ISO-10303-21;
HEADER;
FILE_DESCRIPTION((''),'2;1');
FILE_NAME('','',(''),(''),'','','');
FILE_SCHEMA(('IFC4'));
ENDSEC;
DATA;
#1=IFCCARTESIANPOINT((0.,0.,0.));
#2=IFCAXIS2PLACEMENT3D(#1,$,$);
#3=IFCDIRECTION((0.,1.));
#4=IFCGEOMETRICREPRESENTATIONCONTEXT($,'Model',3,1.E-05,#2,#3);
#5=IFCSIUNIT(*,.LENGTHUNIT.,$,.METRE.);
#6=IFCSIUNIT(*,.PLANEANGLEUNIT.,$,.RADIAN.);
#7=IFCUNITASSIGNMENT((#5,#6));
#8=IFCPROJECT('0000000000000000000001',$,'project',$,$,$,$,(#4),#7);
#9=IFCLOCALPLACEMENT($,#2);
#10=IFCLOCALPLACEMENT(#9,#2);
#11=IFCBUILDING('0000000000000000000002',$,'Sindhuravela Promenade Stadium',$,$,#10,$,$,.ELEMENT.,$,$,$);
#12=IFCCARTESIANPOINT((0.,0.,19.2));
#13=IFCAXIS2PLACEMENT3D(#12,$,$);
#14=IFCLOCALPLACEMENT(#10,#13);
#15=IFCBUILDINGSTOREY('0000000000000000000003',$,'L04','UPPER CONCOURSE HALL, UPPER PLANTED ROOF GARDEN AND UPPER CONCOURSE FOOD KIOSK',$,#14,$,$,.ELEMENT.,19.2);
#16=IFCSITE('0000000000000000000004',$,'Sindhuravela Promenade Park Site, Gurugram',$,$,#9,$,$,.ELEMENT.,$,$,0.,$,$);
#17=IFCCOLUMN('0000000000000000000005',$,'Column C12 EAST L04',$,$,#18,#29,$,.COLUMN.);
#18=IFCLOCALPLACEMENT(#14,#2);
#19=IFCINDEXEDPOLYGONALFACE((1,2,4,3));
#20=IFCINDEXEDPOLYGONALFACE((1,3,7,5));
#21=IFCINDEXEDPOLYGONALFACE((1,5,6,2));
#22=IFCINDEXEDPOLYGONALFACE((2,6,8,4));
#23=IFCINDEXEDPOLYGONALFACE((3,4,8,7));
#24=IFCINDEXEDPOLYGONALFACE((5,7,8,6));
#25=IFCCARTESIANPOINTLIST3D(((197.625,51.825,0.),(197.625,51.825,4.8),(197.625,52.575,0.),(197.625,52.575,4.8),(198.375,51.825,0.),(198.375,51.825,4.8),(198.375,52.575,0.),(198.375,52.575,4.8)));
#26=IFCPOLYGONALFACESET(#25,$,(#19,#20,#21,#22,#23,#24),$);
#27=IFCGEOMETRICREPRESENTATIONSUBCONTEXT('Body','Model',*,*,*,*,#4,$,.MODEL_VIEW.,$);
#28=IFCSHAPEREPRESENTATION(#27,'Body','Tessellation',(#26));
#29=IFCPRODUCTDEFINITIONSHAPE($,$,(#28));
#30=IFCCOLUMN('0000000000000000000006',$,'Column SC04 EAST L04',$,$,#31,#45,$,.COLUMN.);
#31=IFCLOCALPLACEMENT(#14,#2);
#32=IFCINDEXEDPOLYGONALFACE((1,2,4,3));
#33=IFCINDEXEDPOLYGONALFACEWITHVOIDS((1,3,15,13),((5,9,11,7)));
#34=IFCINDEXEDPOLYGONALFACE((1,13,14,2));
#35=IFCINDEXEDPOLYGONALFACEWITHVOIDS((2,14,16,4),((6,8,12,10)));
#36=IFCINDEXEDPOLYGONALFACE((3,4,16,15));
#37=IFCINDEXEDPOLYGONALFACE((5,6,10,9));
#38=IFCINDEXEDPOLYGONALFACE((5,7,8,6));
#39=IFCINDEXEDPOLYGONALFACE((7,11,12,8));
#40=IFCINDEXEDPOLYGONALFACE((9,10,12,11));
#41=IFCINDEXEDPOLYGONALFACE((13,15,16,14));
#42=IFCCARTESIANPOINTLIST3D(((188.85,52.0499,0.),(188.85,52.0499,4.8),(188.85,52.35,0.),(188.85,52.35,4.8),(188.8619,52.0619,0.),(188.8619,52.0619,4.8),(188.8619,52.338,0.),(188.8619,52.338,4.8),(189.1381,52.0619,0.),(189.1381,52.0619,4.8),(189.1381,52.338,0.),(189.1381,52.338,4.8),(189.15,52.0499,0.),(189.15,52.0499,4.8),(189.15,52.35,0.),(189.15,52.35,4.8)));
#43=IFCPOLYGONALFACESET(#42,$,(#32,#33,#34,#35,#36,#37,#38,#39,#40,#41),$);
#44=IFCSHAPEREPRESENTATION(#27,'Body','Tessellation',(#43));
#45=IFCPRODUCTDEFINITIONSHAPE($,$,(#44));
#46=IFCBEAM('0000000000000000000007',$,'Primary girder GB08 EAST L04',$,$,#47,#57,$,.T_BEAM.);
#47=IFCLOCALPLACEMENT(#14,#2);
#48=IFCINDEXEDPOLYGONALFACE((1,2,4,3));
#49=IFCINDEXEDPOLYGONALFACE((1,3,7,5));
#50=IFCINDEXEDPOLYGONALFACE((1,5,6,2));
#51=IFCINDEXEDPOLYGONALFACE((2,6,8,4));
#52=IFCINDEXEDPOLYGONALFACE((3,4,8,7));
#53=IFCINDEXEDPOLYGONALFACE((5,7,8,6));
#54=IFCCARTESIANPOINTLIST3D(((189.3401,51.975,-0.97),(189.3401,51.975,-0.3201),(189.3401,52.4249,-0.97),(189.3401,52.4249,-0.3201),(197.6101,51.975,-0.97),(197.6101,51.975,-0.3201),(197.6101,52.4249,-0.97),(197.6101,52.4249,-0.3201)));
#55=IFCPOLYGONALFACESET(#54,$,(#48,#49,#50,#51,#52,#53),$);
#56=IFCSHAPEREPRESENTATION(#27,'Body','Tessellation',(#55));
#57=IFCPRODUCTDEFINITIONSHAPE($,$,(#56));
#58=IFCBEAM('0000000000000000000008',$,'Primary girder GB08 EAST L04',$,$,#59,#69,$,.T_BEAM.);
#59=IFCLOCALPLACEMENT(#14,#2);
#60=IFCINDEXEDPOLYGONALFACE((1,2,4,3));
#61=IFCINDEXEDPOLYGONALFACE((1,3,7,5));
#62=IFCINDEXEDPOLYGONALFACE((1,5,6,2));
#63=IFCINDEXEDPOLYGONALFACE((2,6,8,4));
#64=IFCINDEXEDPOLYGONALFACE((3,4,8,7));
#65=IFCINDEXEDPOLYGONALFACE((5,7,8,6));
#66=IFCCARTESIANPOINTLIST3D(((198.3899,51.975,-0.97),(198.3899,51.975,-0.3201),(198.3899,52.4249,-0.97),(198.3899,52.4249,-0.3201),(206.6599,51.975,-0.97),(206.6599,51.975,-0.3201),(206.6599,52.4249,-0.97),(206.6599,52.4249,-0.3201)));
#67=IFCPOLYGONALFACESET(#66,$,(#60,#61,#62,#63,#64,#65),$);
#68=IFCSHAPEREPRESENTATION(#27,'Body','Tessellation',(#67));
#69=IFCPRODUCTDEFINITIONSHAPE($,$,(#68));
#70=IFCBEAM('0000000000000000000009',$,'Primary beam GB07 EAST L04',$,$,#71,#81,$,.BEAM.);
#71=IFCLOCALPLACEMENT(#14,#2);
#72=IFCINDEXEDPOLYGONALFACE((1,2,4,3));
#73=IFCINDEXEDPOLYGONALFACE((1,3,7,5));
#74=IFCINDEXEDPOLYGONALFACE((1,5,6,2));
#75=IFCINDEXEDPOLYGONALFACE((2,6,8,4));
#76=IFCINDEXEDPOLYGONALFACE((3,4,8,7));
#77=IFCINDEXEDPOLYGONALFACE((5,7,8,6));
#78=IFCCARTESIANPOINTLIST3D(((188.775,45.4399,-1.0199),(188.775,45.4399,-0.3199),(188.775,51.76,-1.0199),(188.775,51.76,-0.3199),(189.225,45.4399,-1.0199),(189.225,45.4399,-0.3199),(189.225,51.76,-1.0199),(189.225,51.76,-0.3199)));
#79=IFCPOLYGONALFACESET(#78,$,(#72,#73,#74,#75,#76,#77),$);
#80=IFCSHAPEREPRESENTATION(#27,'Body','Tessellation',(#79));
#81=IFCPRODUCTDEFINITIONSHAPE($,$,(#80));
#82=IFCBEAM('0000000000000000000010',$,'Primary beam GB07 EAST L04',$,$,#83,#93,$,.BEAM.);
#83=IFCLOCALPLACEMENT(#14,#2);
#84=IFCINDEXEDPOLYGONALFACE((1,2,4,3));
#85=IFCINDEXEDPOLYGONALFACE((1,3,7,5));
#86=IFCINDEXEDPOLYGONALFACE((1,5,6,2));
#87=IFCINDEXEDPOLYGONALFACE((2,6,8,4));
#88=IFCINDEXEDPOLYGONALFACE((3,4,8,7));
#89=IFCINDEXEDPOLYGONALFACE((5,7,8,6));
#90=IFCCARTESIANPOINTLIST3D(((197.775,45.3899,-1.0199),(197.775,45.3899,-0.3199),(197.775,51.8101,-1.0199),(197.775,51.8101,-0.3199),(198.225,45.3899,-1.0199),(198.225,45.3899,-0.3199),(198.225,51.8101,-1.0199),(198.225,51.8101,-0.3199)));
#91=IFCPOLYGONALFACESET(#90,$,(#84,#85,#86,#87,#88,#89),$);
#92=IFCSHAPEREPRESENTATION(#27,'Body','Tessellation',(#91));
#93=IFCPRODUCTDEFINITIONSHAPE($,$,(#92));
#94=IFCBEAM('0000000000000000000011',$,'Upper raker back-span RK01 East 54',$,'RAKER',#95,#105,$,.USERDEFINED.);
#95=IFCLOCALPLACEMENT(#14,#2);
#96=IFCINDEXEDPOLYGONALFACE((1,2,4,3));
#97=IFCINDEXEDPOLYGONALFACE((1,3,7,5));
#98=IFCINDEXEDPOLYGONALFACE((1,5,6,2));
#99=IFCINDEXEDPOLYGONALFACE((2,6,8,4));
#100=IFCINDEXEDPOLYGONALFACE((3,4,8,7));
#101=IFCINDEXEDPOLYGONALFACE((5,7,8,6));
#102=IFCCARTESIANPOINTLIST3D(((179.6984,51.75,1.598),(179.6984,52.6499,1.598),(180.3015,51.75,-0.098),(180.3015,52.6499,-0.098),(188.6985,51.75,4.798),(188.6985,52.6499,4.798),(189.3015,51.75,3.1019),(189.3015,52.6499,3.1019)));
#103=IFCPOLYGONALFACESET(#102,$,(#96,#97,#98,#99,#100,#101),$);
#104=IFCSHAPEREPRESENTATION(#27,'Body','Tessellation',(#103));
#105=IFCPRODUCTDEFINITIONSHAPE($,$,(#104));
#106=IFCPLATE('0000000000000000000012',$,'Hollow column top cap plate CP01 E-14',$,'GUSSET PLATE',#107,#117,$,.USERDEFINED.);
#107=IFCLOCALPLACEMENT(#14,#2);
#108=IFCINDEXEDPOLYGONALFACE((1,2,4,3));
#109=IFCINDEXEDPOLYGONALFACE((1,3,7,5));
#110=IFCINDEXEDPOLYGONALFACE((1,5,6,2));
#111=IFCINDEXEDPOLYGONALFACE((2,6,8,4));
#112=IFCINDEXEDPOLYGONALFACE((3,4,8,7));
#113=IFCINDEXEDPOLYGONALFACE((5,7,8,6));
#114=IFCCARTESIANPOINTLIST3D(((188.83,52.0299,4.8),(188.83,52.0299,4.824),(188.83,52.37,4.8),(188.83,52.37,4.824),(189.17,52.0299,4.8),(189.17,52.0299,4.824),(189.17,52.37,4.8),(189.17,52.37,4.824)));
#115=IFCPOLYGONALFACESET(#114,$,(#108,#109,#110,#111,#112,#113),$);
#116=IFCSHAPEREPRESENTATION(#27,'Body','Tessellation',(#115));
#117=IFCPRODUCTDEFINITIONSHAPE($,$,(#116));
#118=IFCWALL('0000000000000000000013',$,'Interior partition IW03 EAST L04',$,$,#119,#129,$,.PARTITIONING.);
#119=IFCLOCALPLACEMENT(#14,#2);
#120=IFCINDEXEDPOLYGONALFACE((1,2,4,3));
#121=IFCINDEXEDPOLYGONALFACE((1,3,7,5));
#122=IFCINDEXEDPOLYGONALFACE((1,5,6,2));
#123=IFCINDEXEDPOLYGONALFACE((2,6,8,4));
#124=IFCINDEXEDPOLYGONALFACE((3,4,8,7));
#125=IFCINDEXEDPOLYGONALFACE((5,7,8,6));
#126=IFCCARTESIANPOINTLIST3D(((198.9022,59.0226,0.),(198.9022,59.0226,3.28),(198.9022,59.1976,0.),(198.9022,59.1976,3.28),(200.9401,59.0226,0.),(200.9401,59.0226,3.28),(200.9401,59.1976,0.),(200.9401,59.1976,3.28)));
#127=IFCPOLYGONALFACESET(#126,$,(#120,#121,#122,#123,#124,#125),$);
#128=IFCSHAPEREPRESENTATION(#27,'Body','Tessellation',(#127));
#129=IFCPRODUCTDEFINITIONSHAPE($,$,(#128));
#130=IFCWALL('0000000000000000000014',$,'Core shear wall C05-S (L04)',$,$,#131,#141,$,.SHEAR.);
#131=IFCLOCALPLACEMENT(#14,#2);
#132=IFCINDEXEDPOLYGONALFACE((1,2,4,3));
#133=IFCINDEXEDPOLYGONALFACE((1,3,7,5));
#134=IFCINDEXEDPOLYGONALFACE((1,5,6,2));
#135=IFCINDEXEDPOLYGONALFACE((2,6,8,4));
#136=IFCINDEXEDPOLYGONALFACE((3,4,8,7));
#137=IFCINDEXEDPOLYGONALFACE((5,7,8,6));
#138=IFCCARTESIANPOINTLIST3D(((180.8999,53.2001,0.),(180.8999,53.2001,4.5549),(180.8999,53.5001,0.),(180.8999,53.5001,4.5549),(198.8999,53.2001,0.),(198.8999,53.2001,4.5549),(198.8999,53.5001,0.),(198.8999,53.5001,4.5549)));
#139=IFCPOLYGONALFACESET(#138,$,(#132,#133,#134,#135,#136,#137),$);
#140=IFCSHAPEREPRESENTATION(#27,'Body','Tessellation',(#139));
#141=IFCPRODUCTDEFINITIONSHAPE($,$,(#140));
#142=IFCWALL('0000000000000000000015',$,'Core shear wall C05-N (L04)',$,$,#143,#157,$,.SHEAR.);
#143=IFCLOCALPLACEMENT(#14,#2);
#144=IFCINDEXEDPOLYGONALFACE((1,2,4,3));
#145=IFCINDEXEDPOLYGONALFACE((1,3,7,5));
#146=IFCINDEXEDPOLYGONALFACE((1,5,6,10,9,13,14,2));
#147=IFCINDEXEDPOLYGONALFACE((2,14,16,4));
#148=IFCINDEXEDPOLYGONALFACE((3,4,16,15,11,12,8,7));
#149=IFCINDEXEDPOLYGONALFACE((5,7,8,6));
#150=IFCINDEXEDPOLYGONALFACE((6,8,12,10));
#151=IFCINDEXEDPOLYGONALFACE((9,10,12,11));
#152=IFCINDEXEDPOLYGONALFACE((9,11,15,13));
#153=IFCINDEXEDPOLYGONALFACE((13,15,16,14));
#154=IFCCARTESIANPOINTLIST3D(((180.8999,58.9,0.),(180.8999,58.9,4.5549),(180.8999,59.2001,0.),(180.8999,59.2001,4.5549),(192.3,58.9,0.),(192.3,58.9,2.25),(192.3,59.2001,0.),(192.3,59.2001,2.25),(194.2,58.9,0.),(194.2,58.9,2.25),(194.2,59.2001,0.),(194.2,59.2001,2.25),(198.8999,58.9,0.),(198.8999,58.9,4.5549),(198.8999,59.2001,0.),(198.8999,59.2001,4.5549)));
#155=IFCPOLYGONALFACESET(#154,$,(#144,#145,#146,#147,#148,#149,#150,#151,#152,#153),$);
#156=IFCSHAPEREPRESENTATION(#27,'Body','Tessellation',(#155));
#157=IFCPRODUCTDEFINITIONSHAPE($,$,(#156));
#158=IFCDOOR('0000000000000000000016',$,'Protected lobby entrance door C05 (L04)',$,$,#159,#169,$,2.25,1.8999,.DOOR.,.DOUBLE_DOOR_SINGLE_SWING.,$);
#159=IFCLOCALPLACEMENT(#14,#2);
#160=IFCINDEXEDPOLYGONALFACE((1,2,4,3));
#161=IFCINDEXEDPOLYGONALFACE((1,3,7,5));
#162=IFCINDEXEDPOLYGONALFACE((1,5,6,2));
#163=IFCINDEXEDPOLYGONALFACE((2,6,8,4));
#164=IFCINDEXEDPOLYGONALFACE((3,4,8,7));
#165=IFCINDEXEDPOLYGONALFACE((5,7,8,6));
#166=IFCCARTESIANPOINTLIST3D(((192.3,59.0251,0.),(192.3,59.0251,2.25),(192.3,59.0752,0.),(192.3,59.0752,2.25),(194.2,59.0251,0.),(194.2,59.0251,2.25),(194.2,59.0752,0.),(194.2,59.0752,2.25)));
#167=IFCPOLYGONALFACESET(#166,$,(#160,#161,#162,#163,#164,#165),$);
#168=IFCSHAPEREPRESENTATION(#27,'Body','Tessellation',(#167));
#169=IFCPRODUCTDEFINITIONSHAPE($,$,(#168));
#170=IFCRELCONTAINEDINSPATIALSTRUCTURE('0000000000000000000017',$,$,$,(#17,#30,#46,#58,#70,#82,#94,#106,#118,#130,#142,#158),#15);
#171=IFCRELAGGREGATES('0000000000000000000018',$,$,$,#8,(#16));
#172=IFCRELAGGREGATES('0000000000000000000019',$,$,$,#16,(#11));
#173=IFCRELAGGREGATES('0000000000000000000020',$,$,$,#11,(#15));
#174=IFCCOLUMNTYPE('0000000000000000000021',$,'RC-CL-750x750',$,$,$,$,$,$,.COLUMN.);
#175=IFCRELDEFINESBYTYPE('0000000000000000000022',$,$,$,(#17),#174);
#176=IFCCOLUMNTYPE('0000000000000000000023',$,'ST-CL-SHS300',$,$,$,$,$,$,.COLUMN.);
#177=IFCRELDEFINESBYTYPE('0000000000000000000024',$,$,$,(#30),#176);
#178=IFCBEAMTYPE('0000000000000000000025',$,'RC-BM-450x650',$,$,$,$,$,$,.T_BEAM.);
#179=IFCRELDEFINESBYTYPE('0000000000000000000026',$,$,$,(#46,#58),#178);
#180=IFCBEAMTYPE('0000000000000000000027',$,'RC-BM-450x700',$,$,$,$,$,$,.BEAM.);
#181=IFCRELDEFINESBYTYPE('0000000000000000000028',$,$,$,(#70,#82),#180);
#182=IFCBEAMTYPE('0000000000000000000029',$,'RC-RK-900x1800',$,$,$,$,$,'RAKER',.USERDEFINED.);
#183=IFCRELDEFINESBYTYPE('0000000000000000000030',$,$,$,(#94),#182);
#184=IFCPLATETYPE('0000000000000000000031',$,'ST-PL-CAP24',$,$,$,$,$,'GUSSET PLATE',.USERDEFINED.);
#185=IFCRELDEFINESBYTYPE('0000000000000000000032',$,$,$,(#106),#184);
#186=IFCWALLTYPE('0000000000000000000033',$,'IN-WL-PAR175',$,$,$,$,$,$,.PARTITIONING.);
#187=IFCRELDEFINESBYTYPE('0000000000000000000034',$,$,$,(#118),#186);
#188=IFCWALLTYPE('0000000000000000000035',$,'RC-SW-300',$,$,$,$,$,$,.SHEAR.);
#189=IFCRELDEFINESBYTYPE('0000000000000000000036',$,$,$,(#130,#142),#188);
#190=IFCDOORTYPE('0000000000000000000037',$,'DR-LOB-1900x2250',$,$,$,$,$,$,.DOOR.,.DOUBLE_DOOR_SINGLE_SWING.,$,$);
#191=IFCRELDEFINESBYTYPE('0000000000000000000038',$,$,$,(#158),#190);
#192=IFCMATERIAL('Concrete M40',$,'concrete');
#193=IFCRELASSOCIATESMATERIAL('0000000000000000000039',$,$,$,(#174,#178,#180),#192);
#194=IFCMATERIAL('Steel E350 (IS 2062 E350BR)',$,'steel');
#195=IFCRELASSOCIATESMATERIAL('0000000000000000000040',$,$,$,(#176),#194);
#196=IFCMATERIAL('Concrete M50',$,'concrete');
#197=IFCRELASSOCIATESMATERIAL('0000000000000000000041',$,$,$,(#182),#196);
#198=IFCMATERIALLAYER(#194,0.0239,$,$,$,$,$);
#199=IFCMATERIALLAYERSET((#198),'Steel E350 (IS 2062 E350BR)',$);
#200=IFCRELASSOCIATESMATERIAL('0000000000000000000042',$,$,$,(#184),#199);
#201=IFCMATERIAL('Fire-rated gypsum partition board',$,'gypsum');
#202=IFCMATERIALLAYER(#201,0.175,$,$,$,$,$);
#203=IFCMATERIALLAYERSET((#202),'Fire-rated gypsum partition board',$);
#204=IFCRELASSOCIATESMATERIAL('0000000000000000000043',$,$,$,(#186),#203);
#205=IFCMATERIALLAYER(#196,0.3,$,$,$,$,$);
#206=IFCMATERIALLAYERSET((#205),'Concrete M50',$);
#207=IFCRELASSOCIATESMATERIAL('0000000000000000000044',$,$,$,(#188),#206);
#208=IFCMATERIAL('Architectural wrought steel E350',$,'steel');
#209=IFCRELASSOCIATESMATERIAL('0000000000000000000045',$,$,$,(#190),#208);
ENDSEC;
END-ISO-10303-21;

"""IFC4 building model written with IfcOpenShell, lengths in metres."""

from ifc_helpers import new_model, si_unit, direction, frame, frame_2d, origin, origin_2d, place, context, subcontext, project, spatial, rectangle, hollow_rectangle, extrude, material, layer, layer_set, material_profile, profile_set, type_object, element, fill, save


model = new_model("IFC4")

# Units and contexts
model_context = context("Model", 3, precision=1e-05, world=origin(), true_north=direction((0.0, 1.0)))
body_context = subcontext(model_context, "Body", "Model", "MODEL_VIEW")
ifc_project = project(units=[si_unit("LENGTHUNIT", "METRE"), si_unit("PLANEANGLEUNIT", "RADIAN")], contexts=[model_context])

# Site, building, storey
site_placement = place(None, origin())
site = spatial("IfcSite", under=ifc_project, at=site_placement, Name="Sindhuravela Promenade Park Site, Gurugram", CompositionType="ELEMENT", RefElevation=0.0)
building_placement = place(site_placement, origin())
building = spatial("IfcBuilding", under=site, at=building_placement, Name="Sindhuravela Promenade Stadium", CompositionType="ELEMENT")
storey_placement = place(building_placement, frame((0.0, 0.0, 19.2)))
storey = spatial("IfcBuildingStorey", under=building, at=storey_placement, Name="L04", Description="UPPER CONCOURSE HALL, UPPER PLANTED ROOF GARDEN AND UPPER CONCOURSE FOOD KIOSK", CompositionType="ELEMENT", Elevation=19.2)

# Columns
ifc_material_1 = material(Name="Concrete M40", Category="concrete")
ifc_material_profile_1 = material_profile(ifc_material_1, rectangle(XDim=0.75, YDim=0.75, at=origin_2d()), Name="RC 750x750")
ifc_profile_set_1 = profile_set([ifc_material_profile_1], Name="Concrete M40")
column_type_1 = type_object("IfcColumnType", Name="RC-CL-750x750", PredefinedType="COLUMN", material=ifc_profile_set_1)
column_1_placement = place(storey_placement, frame((198.0, 52.2, 0.0), z_axis=(0.0, 0.0, 1.0), x_axis=(1.0, 0.0, 0.0)))
element("IfcColumn", 1, at=column_1_placement, inside=storey, type_object=column_type_1, Name="Column C12 EAST L04", PredefinedType="COLUMN", context=body_context, shape_type="SweptSolid", body=[
    extrude(rectangle(XDim=0.75, YDim=0.75, at=origin_2d()), origin(), (0.0, 0.0, 1.0), 4.8),
])
ifc_material_2 = material(Name="Steel E350 (IS 2062 E350BR)", Category="steel")
ifc_material_profile_2 = material_profile(ifc_material_2, hollow_rectangle(XDim=0.3, YDim=0.3, WallThickness=0.012, at=origin_2d()), Name="SHS 300x300x12")
ifc_profile_set_2 = profile_set([ifc_material_profile_2], Name="Steel E350 (IS 2062 E350BR)")
column_type_2 = type_object("IfcColumnType", Name="ST-CL-SHS300", PredefinedType="COLUMN", material=ifc_profile_set_2)
column_2_placement = place(storey_placement, frame((189.0, 52.2, 0.0), z_axis=(0.0, 0.0, 1.0), x_axis=(1.0, 0.0, 0.0)))
element("IfcColumn", 2, at=column_2_placement, inside=storey, type_object=column_type_2, Name="Column SC04 EAST L04", PredefinedType="COLUMN", context=body_context, shape_type="SweptSolid", body=[
    extrude(hollow_rectangle(XDim=0.3, YDim=0.3, WallThickness=0.012, at=origin_2d()), origin(), (0.0, 0.0, 1.0), 4.8),
])

# Beams
ifc_material_profile_3 = material_profile(ifc_material_1, rectangle(XDim=0.45, YDim=0.6499, at=origin_2d()), Name="RC 450x650")
ifc_profile_set_3 = profile_set([ifc_material_profile_3], Name="Concrete M40")
beam_type_1 = type_object("IfcBeamType", Name="RC-BM-450x650", PredefinedType="T_BEAM", material=ifc_profile_set_3)
for number, where, z_axis, x_axis, name in (
    (3, (189.3401, 52.2, -0.645), (1.0, 0.0, 0.0), (0.0, 1.0, 0.0), "Primary girder GB08 EAST L04"),
    (4, (198.3899, 52.2, -0.645), (1.0, 0.0, 0.0), (0.0, 1.0, 0.0), "Primary girder GB08 EAST L04"),
):
    element("IfcBeam", number, at=place(storey_placement, frame(where, z_axis=z_axis, x_axis=x_axis)), inside=storey, type_object=beam_type_1, Name=name, PredefinedType="T_BEAM", context=body_context, shape_type="SweptSolid", body=[
        extrude(rectangle(XDim=0.45, YDim=0.6499, at=origin_2d()), origin(), (0.0, 0.0, 1.0), 8.27),
    ])
ifc_material_profile_4 = material_profile(ifc_material_1, rectangle(XDim=0.45, YDim=0.7, at=origin_2d()), Name="RC 450x700")
ifc_profile_set_4 = profile_set([ifc_material_profile_4], Name="Concrete M40")
beam_type_2 = type_object("IfcBeamType", Name="RC-BM-450x700", PredefinedType="BEAM", material=ifc_profile_set_4)
beam_1_placement = place(storey_placement, frame((189.0, 45.4399, -0.6699), z_axis=(0.0, 1.0, 0.0), x_axis=(-1.0, 0.0, 0.0)))
element("IfcBeam", 5, at=beam_1_placement, inside=storey, type_object=beam_type_2, Name="Primary beam GB07 EAST L04", PredefinedType="BEAM", context=body_context, shape_type="SweptSolid", body=[
    extrude(rectangle(XDim=0.45, YDim=0.7, at=origin_2d()), origin(), (0.0, 0.0, 1.0), 6.3201),
])
beam_2_placement = place(storey_placement, frame((198.0, 45.3899, -0.6699), z_axis=(0.0, 1.0, 0.0), x_axis=(-1.0, 0.0, 0.0)))
element("IfcBeam", 6, at=beam_2_placement, inside=storey, type_object=beam_type_2, Name="Primary beam GB07 EAST L04", PredefinedType="BEAM", context=body_context, shape_type="SweptSolid", body=[
    extrude(rectangle(XDim=0.45, YDim=0.7, at=origin_2d()), origin(), (0.0, 0.0, 1.0), 6.4202),
])
ifc_material_3 = material(Name="Concrete M50", Category="concrete")
ifc_material_profile_5 = material_profile(ifc_material_3, rectangle(XDim=0.8999, YDim=1.8, at=origin_2d()), Name="RC 900x1800")
ifc_profile_set_5 = profile_set([ifc_material_profile_5], Name="Concrete M50")
beam_type_3 = type_object("IfcBeamType", Name="RC-RK-900x1800", ElementType="RAKER", PredefinedType="USERDEFINED", material=ifc_profile_set_5)
beam_3_placement = place(storey_placement, frame((189.0, 52.2, 3.95), z_axis=(-0.942216, 0.0, -0.335005), x_axis=(0.0, -1.0, 0.0)))
element("IfcBeam", 7, at=beam_3_placement, inside=storey, type_object=beam_type_3, Name="Upper raker back-span RK01 East 54", ObjectType="RAKER", PredefinedType="USERDEFINED", context=body_context, shape_type="SweptSolid", body=[
    extrude(rectangle(XDim=0.8999, YDim=1.8, at=origin_2d()), origin(), (0.0, 0.0, 1.0), 9.552),
])

# Plate
ifc_layer_1 = layer(ifc_material_2, 0.0239)
ifc_layer_set_1 = layer_set([ifc_layer_1], Name="Steel E350 (IS 2062 E350BR)")
plate_type = type_object("IfcPlateType", Name="ST-PL-CAP24", ElementType="GUSSET PLATE", PredefinedType="USERDEFINED", material=ifc_layer_set_1)
plate_placement = place(storey_placement, frame((189.0, 52.2, 4.8), z_axis=(0.0, 0.0, 1.0), x_axis=(1.0, 0.0, 0.0)))
element("IfcPlate", 8, at=plate_placement, inside=storey, type_object=plate_type, Name="Hollow column top cap plate CP01 E-14", ObjectType="GUSSET PLATE", PredefinedType="USERDEFINED", context=body_context, shape_type="SweptSolid", body=[
    extrude(rectangle(XDim=0.3401, YDim=0.3401, at=origin_2d()), origin(), (0.0, 0.0, 1.0), 0.0239),
])

# Walls
ifc_material_4 = material(Name="Fire-rated gypsum partition board", Category="gypsum")
ifc_layer_2 = layer(ifc_material_4, 0.175)
ifc_layer_set_2 = layer_set([ifc_layer_2], Name="Fire-rated gypsum partition board")
wall_type_1 = type_object("IfcWallType", Name="IN-WL-PAR175", PredefinedType="PARTITIONING", material=ifc_layer_set_2)
wall_1_placement = place(storey_placement, frame((198.9021, 59.1101, 0.0), z_axis=(0.0, 0.0, 1.0), x_axis=(1.0, 0.0, 0.0)))
element("IfcWall", 9, at=wall_1_placement, inside=storey, type_object=wall_type_1, Name="Interior partition IW03 EAST L04", PredefinedType="PARTITIONING", context=body_context, shape_type="SweptSolid", body=[
    extrude(rectangle(XDim=2.0378, YDim=0.175, at=frame_2d((1.019, 0.0))), origin(), (0.0, 0.0, 1.0), 3.28),
])
ifc_layer_3 = layer(ifc_material_3, 0.3)
ifc_layer_set_3 = layer_set([ifc_layer_3], Name="Concrete M50")
wall_type_2 = type_object("IfcWallType", Name="RC-SW-300", PredefinedType="SHEAR", material=ifc_layer_set_3)
wall_2_placement = place(storey_placement, frame((180.8999, 53.3501, 0.0), z_axis=(0.0, 0.0, 1.0), x_axis=(1.0, 0.0, 0.0)))
element("IfcWall", 10, at=wall_2_placement, inside=storey, type_object=wall_type_2, Name="Core shear wall C05-S (L04)", PredefinedType="SHEAR", context=body_context, shape_type="SweptSolid", body=[
    extrude(rectangle(XDim=18.0, YDim=0.3, at=frame_2d((9.0, 0.0))), origin(), (0.0, 0.0, 1.0), 4.5549),
])

# Wall, opening, door
wall_3_placement = place(storey_placement, frame((198.8999, 59.05, 0.0), z_axis=(0.0, 0.0, 1.0), x_axis=(-1.0, 0.0, 0.0)))
wall_3 = element("IfcWall", 11, at=wall_3_placement, inside=storey, type_object=wall_type_2, Name="Core shear wall C05-N (L04)", PredefinedType="SHEAR", context=body_context, shape_type="SweptSolid", body=[
    extrude(rectangle(XDim=18.0, YDim=0.3, at=frame_2d((9.0, 0.0))), origin(), (0.0, 0.0, 1.0), 4.5549),
])
opening_1_placement = place(wall_3_placement, frame((4.7, 0.0, 0.0)))
opening_1 = element("IfcOpeningElement", 12, at=opening_1_placement, cuts=wall_3, PredefinedType="OPENING", context=body_context, shape_type="SweptSolid", body=[
    extrude(rectangle(XDim=1.8999, YDim=2.25, at=frame_2d((0.95, 1.125))), frame((0.0, 0.1599, 0.0), z_axis=(0.0, -1.0, 0.0), x_axis=(1.0, 0.0, 0.0)), (0.0, 0.0, 1.0), 0.3201),
])
ifc_material_5 = material(Name="Architectural wrought steel E350", Category="steel")
door_type_1 = type_object("IfcDoorType", Name="DR-LOB-1900x2250", OperationType="DOUBLE_DOOR_SINGLE_SWING", PredefinedType="DOOR", material=ifc_material_5)
door_1_placement = place(opening_1_placement, origin())
door_1 = element("IfcDoor", 13, at=door_1_placement, inside=storey, type_object=door_type_1, Name="Protected lobby entrance door C05 (L04)", OperationType="DOUBLE_DOOR_SINGLE_SWING", OverallHeight=2.25, OverallWidth=1.8999, PredefinedType="DOOR", context=body_context, shape_type="SweptSolid", body=[
    extrude(rectangle(XDim=1.8999, YDim=2.25, at=frame_2d((0.95, 1.125))), frame((0.0, 0.0249, 0.0), z_axis=(0.0, -1.0, 0.0), x_axis=(1.0, 0.0, 0.0)), (0.0, 0.0, 1.0), 0.05),
])
fill(opening_1, door_1)

save(model, "model.ifc")
